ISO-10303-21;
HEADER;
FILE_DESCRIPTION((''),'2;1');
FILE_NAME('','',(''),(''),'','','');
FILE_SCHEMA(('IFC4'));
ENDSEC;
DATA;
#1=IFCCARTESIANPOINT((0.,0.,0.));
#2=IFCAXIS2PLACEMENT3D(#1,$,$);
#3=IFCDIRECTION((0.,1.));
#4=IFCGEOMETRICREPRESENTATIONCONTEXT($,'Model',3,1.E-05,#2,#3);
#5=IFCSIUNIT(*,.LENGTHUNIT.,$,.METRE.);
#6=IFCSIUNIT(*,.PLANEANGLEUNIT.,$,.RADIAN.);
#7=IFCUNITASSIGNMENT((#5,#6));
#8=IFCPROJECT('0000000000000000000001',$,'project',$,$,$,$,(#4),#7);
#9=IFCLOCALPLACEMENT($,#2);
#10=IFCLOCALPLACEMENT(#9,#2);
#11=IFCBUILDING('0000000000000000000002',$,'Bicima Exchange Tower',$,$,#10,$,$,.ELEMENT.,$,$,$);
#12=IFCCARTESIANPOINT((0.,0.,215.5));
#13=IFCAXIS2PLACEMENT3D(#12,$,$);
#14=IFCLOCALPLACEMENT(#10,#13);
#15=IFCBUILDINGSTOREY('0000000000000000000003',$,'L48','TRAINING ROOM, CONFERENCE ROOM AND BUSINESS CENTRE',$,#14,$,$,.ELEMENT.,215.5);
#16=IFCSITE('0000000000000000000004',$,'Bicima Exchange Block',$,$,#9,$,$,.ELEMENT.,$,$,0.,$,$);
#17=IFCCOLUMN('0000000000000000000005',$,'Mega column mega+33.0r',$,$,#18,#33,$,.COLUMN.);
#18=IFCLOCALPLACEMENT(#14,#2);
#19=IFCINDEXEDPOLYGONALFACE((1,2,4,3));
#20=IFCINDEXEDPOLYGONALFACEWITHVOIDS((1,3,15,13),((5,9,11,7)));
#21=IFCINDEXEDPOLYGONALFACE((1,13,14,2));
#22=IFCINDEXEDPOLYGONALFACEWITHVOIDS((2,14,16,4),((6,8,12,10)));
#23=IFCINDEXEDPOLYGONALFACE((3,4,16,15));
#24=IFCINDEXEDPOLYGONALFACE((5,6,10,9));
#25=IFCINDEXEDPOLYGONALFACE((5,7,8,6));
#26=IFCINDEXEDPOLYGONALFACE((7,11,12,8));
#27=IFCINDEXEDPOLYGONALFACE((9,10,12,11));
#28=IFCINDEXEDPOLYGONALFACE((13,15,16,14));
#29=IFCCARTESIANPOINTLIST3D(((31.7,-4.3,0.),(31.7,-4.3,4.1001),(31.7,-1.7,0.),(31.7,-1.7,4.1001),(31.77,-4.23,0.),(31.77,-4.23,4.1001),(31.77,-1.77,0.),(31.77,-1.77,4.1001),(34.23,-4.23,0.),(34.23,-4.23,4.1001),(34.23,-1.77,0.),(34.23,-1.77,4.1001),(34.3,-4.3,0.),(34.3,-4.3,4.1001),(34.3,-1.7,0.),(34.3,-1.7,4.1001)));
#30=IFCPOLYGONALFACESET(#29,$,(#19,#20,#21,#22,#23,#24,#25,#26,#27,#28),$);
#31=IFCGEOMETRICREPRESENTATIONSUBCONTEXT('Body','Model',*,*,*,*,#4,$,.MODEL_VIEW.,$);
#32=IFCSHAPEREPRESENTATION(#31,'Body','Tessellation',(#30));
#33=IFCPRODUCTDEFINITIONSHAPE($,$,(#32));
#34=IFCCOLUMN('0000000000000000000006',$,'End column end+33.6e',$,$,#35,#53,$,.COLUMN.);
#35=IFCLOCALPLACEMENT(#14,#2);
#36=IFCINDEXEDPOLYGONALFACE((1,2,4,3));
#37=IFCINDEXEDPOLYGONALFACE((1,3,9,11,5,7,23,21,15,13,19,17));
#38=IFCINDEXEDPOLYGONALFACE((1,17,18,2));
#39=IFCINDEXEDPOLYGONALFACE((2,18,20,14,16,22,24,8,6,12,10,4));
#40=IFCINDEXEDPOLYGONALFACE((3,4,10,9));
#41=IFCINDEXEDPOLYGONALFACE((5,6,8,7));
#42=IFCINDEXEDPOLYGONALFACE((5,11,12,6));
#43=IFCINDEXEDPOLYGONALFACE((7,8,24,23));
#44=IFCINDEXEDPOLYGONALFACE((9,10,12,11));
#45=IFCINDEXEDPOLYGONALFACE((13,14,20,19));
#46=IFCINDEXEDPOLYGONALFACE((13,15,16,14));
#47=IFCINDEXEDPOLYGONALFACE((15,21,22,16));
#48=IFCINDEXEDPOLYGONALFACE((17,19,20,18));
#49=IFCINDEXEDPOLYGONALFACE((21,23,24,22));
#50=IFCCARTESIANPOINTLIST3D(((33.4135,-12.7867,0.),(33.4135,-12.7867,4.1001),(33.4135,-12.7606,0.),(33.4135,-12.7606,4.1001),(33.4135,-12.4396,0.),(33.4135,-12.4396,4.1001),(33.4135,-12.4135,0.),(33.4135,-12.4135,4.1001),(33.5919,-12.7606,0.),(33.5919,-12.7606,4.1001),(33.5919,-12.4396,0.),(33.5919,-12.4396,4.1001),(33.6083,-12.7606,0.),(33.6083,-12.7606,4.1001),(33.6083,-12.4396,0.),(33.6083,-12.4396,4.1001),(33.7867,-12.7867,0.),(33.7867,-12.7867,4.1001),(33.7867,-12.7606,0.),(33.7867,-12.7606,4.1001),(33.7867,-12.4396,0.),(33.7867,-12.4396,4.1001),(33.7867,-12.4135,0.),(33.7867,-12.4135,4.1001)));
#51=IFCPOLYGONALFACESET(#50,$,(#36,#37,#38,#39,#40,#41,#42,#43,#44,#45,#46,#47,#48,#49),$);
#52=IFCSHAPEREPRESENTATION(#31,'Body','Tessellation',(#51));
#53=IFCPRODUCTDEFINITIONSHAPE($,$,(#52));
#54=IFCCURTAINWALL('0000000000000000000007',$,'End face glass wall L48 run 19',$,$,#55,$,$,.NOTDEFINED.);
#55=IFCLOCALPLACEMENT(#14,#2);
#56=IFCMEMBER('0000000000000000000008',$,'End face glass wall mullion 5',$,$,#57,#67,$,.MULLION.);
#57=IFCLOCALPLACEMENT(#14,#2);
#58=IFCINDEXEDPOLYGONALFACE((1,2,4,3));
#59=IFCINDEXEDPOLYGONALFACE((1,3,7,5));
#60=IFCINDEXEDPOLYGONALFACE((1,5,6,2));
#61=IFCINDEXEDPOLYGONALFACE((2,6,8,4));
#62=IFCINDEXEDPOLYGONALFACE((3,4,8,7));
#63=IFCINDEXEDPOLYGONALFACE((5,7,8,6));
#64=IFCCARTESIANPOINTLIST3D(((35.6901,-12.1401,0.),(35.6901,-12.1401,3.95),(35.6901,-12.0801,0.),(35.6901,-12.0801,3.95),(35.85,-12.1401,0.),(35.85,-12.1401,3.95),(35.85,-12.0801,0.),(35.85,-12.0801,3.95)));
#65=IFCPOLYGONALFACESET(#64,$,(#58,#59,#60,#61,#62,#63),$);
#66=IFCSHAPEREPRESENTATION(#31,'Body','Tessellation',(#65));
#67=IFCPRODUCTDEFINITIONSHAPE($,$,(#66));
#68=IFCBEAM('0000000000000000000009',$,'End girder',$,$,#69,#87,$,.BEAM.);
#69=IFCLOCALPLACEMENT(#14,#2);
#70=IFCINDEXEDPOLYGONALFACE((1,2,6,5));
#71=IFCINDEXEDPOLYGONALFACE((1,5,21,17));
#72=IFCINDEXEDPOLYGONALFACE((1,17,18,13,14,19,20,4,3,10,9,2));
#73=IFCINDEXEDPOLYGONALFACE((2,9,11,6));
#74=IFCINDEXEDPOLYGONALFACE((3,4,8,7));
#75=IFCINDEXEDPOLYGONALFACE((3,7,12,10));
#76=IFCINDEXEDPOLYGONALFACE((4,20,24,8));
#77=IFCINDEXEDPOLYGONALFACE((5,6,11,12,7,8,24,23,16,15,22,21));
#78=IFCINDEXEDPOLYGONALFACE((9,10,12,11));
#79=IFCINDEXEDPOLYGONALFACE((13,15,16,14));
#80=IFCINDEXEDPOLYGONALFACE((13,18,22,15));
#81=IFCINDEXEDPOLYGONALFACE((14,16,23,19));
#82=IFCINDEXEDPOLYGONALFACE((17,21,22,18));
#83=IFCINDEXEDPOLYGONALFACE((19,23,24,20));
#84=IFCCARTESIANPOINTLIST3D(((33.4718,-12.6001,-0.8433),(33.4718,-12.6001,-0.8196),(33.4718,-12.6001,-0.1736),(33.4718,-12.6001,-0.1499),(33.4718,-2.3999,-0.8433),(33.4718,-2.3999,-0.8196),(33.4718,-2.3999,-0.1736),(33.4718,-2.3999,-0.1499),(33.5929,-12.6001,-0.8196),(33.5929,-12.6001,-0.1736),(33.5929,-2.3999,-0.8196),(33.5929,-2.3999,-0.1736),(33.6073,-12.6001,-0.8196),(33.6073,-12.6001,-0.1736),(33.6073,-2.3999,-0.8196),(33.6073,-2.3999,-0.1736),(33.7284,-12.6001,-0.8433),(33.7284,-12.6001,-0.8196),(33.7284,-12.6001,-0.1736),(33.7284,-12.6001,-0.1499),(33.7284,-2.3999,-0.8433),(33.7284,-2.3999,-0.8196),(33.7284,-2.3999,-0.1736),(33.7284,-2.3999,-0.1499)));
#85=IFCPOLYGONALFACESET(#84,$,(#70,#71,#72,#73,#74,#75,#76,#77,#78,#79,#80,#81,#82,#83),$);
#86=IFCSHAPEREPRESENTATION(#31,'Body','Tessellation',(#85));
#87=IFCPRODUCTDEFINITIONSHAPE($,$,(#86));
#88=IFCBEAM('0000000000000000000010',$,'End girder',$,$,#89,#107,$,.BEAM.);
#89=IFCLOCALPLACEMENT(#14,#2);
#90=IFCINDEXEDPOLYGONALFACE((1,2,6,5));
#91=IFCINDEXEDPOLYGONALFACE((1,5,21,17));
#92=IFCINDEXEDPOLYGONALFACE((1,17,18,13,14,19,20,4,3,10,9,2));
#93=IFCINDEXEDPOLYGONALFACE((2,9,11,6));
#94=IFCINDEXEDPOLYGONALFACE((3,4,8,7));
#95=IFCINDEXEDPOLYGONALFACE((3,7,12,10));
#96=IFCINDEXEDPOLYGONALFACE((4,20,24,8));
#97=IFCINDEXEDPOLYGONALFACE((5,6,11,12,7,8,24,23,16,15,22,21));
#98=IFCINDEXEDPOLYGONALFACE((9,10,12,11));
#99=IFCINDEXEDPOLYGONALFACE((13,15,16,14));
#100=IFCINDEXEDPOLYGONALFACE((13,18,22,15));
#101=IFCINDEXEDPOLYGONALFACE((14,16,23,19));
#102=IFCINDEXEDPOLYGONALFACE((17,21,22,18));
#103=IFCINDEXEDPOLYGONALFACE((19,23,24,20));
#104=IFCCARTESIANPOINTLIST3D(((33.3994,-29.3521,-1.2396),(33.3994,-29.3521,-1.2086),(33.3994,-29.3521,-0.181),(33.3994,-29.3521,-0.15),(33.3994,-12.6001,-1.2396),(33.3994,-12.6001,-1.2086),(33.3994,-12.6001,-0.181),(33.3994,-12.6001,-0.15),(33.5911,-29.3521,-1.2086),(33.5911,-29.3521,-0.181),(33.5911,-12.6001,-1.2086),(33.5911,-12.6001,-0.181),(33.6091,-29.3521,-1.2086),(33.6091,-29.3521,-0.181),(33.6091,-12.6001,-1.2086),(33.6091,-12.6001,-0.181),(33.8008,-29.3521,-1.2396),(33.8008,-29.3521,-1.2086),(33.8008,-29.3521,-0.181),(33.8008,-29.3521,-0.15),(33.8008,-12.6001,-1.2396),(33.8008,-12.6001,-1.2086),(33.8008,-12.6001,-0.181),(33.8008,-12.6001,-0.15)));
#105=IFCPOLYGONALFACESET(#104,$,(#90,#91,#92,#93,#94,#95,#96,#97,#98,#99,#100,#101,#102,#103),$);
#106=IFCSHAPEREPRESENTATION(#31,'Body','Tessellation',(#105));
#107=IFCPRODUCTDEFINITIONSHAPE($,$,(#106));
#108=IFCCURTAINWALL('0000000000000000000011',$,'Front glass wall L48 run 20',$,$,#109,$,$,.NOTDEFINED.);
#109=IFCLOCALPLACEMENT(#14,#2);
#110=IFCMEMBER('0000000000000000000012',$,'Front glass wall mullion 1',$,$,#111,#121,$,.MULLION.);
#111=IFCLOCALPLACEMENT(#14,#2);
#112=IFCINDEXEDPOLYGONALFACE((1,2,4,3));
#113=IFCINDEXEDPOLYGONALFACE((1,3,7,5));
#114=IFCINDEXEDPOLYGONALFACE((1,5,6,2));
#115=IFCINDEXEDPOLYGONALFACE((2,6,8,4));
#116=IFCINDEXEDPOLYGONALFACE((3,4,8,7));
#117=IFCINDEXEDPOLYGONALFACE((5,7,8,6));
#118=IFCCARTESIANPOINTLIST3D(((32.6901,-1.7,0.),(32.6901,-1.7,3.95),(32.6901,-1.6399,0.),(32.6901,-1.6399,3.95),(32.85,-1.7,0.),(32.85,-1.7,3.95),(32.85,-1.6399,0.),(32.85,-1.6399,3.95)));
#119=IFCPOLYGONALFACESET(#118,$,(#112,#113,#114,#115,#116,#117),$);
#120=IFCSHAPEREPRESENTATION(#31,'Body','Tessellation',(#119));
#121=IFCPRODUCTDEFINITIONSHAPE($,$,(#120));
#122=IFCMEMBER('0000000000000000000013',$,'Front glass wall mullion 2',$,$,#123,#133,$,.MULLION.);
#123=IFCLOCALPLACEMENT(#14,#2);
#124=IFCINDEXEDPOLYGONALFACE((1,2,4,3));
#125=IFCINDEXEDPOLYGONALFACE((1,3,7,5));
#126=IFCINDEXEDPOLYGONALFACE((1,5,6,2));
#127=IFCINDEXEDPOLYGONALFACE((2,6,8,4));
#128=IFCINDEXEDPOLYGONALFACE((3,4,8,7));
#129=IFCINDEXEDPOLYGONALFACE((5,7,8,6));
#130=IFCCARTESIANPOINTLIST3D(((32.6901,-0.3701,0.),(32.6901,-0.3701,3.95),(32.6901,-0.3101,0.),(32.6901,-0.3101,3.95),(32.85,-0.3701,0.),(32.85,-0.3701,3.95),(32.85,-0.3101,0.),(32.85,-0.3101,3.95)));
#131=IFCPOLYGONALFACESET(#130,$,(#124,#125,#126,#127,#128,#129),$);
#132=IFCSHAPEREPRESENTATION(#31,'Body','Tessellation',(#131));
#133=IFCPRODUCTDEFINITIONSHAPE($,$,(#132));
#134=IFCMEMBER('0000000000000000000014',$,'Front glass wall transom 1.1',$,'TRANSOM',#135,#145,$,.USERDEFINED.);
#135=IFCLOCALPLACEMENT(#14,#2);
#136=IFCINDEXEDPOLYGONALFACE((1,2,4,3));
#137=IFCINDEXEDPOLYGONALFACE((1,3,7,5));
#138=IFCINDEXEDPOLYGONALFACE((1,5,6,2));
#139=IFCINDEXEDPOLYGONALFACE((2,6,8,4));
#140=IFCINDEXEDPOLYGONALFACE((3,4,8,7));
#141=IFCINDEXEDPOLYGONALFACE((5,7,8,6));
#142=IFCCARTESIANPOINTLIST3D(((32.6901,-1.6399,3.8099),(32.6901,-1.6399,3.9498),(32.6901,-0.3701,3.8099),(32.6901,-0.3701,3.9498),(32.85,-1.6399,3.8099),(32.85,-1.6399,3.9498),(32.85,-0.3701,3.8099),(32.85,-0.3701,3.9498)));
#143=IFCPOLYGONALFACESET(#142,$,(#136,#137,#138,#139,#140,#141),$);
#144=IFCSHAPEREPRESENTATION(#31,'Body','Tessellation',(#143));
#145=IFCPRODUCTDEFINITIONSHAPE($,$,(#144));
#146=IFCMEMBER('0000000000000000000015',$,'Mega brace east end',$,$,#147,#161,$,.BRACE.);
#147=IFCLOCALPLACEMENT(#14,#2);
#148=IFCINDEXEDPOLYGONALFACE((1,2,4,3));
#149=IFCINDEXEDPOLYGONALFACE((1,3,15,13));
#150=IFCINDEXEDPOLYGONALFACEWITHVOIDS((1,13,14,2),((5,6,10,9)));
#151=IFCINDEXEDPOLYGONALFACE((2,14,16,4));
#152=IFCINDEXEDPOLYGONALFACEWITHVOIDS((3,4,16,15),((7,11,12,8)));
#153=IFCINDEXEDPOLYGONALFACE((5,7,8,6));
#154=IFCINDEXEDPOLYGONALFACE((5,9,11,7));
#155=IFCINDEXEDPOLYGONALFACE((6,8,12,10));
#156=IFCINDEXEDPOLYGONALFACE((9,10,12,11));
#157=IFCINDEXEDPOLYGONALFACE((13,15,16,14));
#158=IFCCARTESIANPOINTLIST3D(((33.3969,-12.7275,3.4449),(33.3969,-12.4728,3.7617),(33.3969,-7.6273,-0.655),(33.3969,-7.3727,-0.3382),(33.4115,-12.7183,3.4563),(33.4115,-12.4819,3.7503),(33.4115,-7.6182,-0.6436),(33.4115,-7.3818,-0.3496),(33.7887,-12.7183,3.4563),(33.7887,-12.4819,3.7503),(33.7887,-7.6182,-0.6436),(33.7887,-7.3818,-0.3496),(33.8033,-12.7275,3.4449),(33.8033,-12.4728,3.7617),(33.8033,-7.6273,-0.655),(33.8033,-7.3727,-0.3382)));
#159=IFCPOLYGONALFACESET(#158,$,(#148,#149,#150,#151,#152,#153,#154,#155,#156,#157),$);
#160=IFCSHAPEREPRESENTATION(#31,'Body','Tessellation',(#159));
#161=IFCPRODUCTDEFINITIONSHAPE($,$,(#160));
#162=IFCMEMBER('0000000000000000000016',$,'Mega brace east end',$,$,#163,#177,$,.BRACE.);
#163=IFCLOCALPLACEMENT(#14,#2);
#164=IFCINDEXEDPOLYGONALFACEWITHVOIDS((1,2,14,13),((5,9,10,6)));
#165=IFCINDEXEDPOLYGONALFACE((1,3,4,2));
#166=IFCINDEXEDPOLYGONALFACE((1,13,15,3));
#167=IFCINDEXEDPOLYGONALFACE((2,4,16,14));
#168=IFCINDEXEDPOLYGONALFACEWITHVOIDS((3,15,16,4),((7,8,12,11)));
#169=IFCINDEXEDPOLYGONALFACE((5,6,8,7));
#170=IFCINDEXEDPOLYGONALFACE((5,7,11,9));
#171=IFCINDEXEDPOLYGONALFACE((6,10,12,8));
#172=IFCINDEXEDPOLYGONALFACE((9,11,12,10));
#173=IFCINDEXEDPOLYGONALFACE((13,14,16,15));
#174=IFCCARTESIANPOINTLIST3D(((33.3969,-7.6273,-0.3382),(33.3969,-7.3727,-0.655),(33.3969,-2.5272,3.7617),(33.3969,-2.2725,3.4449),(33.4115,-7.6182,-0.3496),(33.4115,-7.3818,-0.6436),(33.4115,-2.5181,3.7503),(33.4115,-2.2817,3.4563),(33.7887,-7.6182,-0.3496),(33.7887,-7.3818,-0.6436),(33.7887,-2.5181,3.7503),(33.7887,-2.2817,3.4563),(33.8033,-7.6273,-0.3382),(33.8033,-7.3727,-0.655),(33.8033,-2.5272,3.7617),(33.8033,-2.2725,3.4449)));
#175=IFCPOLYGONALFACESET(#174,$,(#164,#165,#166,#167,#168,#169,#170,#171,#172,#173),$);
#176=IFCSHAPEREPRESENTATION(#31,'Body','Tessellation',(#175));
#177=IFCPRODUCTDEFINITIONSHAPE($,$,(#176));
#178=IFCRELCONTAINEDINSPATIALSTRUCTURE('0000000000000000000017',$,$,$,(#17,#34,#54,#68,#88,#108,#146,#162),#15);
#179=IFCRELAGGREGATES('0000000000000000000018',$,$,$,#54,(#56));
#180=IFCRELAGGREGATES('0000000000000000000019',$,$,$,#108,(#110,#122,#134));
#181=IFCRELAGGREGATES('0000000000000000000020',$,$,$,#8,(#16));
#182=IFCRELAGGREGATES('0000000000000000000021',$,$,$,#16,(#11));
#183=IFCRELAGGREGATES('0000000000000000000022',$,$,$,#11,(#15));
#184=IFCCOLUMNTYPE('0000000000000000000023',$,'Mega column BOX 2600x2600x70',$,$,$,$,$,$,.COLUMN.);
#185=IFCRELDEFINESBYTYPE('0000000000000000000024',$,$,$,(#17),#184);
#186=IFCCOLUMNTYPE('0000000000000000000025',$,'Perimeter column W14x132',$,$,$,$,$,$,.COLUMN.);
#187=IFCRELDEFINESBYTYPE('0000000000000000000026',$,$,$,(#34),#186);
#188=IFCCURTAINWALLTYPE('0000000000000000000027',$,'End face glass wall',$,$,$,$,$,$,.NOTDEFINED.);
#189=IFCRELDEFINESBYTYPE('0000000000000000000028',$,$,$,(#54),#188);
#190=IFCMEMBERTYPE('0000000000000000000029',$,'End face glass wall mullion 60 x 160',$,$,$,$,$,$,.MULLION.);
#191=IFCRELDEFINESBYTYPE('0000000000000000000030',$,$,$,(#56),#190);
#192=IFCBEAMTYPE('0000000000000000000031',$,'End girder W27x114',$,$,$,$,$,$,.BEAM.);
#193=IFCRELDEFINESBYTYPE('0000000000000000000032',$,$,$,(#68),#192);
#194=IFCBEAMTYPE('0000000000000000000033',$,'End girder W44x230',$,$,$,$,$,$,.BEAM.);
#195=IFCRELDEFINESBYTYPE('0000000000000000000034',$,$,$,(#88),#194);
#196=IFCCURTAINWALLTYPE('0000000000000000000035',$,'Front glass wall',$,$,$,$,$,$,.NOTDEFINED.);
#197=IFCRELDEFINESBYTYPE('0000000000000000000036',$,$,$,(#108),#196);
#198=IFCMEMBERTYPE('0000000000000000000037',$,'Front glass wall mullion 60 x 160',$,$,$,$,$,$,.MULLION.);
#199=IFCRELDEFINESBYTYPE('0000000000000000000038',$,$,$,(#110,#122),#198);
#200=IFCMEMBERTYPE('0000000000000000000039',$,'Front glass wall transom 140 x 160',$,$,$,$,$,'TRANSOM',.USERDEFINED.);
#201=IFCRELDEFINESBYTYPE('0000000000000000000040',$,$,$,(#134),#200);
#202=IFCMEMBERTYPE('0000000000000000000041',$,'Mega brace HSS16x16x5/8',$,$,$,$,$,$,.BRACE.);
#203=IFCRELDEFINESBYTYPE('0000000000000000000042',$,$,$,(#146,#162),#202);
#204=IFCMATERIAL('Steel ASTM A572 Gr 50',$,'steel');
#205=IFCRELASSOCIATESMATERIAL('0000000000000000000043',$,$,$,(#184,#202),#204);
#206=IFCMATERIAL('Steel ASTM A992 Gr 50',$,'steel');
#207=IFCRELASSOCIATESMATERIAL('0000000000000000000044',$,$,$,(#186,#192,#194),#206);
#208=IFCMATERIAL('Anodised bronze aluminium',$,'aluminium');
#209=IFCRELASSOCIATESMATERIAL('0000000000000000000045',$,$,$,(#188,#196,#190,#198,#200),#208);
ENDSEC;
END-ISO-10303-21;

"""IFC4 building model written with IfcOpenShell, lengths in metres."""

from ifc_helpers import new_model, si_unit, direction, frame, origin, origin_2d, place, context, subcontext, project, spatial, rectangle, hollow_rectangle, i_section, extrude, material, material_profile, profile_set, type_object, element, aggregate, save


model = new_model("IFC4")

# Units and contexts
model_context = context("Model", 3, precision=1e-05, world=origin(), true_north=direction((0.0, 1.0)))
body_context = subcontext(model_context, "Body", "Model", "MODEL_VIEW")
ifc_project = project(units=[si_unit("LENGTHUNIT", "METRE"), si_unit("PLANEANGLEUNIT", "RADIAN")], contexts=[model_context])

# Site, building, storey
site_placement = place(None, origin())
site = spatial("IfcSite", under=ifc_project, at=site_placement, Name="Bicima Exchange Block", CompositionType="ELEMENT", RefElevation=0.0)
building_placement = place(site_placement, origin())
building = spatial("IfcBuilding", under=site, at=building_placement, Name="Bicima Exchange Tower", CompositionType="ELEMENT")
storey_placement = place(building_placement, frame((0.0, 0.0, 215.5)))
storey = spatial("IfcBuildingStorey", under=building, at=storey_placement, Name="L48", Description="TRAINING ROOM, CONFERENCE ROOM AND BUSINESS CENTRE", CompositionType="ELEMENT", Elevation=215.5)

# Columns
ifc_material_1 = material(Name="Steel ASTM A572 Gr 50", Category="steel")
ifc_material_profile_1 = material_profile(ifc_material_1, hollow_rectangle(XDim=2.6001, YDim=2.6001, WallThickness=0.0701, at=origin_2d()))
ifc_profile_set_1 = profile_set([ifc_material_profile_1], Name="Steel ASTM A572 Gr 50")
column_type_1 = type_object("IfcColumnType", Name="Mega column BOX 2600x2600x70", PredefinedType="COLUMN", material=ifc_profile_set_1)
column_1_placement = place(storey_placement, frame((33.0, -3.0, 0.0), z_axis=(0.0, 0.0, 1.0), x_axis=(1.0, 0.0, 0.0)))
element("IfcColumn", 1, at=column_1_placement, inside=storey, type_object=column_type_1, Name="Mega column mega+33.0r", PredefinedType="COLUMN", context=body_context, shape_type="SweptSolid", body=[
    extrude(hollow_rectangle(XDim=2.6001, YDim=2.6001, WallThickness=0.0701, at=origin_2d()), origin(), (0.0, 0.0, 1.0), 4.1001),
])
ifc_material_2 = material(Name="Steel ASTM A992 Gr 50", Category="steel")
ifc_material_profile_2 = material_profile(ifc_material_2, i_section(OverallWidth=0.3733, OverallDepth=0.3733, WebThickness=0.0164, FlangeThickness=0.0261, at=origin_2d()))
ifc_profile_set_2 = profile_set([ifc_material_profile_2], Name="Steel ASTM A992 Gr 50")
column_type_2 = type_object("IfcColumnType", Name="Perimeter column W14x132", PredefinedType="COLUMN", material=ifc_profile_set_2)
column_2_placement = place(storey_placement, frame((33.6001, -12.6001, 0.0), z_axis=(0.0, 0.0, 1.0), x_axis=(1.0, 0.0, 0.0)))
element("IfcColumn", 2, at=column_2_placement, inside=storey, type_object=column_type_2, Name="End column end+33.6e", PredefinedType="COLUMN", context=body_context, shape_type="SweptSolid", body=[
    extrude(i_section(OverallWidth=0.3733, OverallDepth=0.3733, WebThickness=0.0164, FlangeThickness=0.0261, at=origin_2d()), origin(), (0.0, 0.0, 1.0), 4.1001),
])

# Curtain wall, member
ifc_material_3 = material(Name="Anodised bronze aluminium", Category="aluminium")
curtain_wall_type_1 = type_object("IfcCurtainWallType", Name="End face glass wall", PredefinedType="NOTDEFINED", material=ifc_material_3)
curtain_wall_1_placement = place(storey_placement, origin())
curtain_wall_1 = element("IfcCurtainWall", 3, at=curtain_wall_1_placement, inside=storey, type_object=curtain_wall_type_1, Name="End face glass wall L48 run 19", PredefinedType="NOTDEFINED")
ifc_material_profile_3 = material_profile(ifc_material_3, rectangle(XDim=0.1599, YDim=0.0601, at=origin_2d()))
ifc_profile_set_3 = profile_set([ifc_material_profile_3], Name="Anodised bronze aluminium")
member_type_1 = type_object("IfcMemberType", Name="End face glass wall mullion 60 x 160", PredefinedType="MULLION", material=ifc_profile_set_3)
member_1_placement = place(storey_placement, frame((35.77, -12.1101, 0.0), z_axis=(0.0, 0.0, 1.0), x_axis=(-1.0, 0.0, 0.0)))
member_1 = element("IfcMember", 4, at=member_1_placement, type_object=member_type_1, Name="End face glass wall mullion 5", PredefinedType="MULLION", context=body_context, shape_type="SweptSolid", body=[
    extrude(rectangle(XDim=0.1599, YDim=0.0601, at=origin_2d()), origin(), (0.0, 0.0, 1.0), 3.95),
])
aggregate(curtain_wall_1, [member_1])

# Beams
ifc_material_profile_4 = material_profile(ifc_material_2, i_section(OverallWidth=0.2566, OverallDepth=0.6934, WebThickness=0.0144, FlangeThickness=0.0237, at=origin_2d()))
ifc_profile_set_4 = profile_set([ifc_material_profile_4], Name="Steel ASTM A992 Gr 50")
beam_type_1 = type_object("IfcBeamType", Name="End girder W27x114", PredefinedType="BEAM", material=ifc_profile_set_4)
beam_1_placement = place(storey_placement, frame((33.6001, -2.3999, -0.4966), z_axis=(0.0, -1.0, 0.0), x_axis=(1.0, 0.0, 0.0)))
element("IfcBeam", 5, at=beam_1_placement, inside=storey, type_object=beam_type_1, Name="End girder", PredefinedType="BEAM", context=body_context, shape_type="SweptSolid", body=[
    extrude(i_section(OverallWidth=0.2566, OverallDepth=0.6934, WebThickness=0.0144, FlangeThickness=0.0237, at=origin_2d()), origin(), (0.0, 0.0, 1.0), 10.2002),
])
ifc_material_profile_5 = material_profile(ifc_material_2, i_section(OverallWidth=0.4014, OverallDepth=1.0896, WebThickness=0.0181, FlangeThickness=0.031, at=origin_2d()))
ifc_profile_set_5 = profile_set([ifc_material_profile_5], Name="Steel ASTM A992 Gr 50")
beam_type_2 = type_object("IfcBeamType", Name="End girder W44x230", PredefinedType="BEAM", material=ifc_profile_set_5)
beam_2_placement = place(storey_placement, frame((33.6001, -12.6001, -0.6948), z_axis=(0.0, -1.0, 0.0), x_axis=(1.0, 0.0, 0.0)))
element("IfcBeam", 6, at=beam_2_placement, inside=storey, type_object=beam_type_2, Name="End girder", PredefinedType="BEAM", context=body_context, shape_type="SweptSolid", body=[
    extrude(i_section(OverallWidth=0.4014, OverallDepth=1.0896, WebThickness=0.0181, FlangeThickness=0.031, at=origin_2d()), origin(), (0.0, 0.0, 1.0), 16.752),
])

# Curtain wall, members
curtain_wall_type_2 = type_object("IfcCurtainWallType", Name="Front glass wall", PredefinedType="NOTDEFINED", material=ifc_material_3)
curtain_wall_2_placement = place(storey_placement, origin())
curtain_wall_2 = element("IfcCurtainWall", 7, at=curtain_wall_2_placement, inside=storey, type_object=curtain_wall_type_2, Name="Front glass wall L48 run 20", PredefinedType="NOTDEFINED")
member_type_2 = type_object("IfcMemberType", Name="Front glass wall mullion 60 x 160", PredefinedType="MULLION", material=ifc_profile_set_3)
member_2_placement = place(storey_placement, frame((32.77, -1.6699, 0.0), z_axis=(0.0, 0.0, 1.0), x_axis=(-1.0, 0.0, 0.0)))
member_2 = element("IfcMember", 8, at=member_2_placement, type_object=member_type_2, Name="Front glass wall mullion 1", PredefinedType="MULLION", context=body_context, shape_type="SweptSolid", body=[
    extrude(rectangle(XDim=0.1599, YDim=0.0601, at=origin_2d()), origin(), (0.0, 0.0, 1.0), 3.95),
])
member_3_placement = place(storey_placement, frame((32.77, -0.3401, 0.0), z_axis=(0.0, 0.0, 1.0), x_axis=(-1.0, 0.0, 0.0)))
member_3 = element("IfcMember", 9, at=member_3_placement, type_object=member_type_2, Name="Front glass wall mullion 2", PredefinedType="MULLION", context=body_context, shape_type="SweptSolid", body=[
    extrude(rectangle(XDim=0.1599, YDim=0.0601, at=origin_2d()), origin(), (0.0, 0.0, 1.0), 3.95),
])
ifc_material_profile_6 = material_profile(ifc_material_3, rectangle(XDim=0.1599, YDim=0.1399, at=origin_2d()))
ifc_profile_set_6 = profile_set([ifc_material_profile_6], Name="Anodised bronze aluminium")
member_type_3 = type_object("IfcMemberType", Name="Front glass wall transom 140 x 160", ElementType="TRANSOM", PredefinedType="USERDEFINED", material=ifc_profile_set_6)
member_4_placement = place(storey_placement, frame((32.77, -1.6399, 3.8799), z_axis=(0.0, 1.0, 0.0), x_axis=(-1.0, 0.0, 0.0)))
member_4 = element("IfcMember", 10, at=member_4_placement, type_object=member_type_3, Name="Front glass wall transom 1.1", ObjectType="TRANSOM", PredefinedType="USERDEFINED", context=body_context, shape_type="SweptSolid", body=[
    extrude(rectangle(XDim=0.1599, YDim=0.1399, at=origin_2d()), origin(), (0.0, 0.0, 1.0), 1.2698),
])

# Members
ifc_material_profile_7 = material_profile(ifc_material_1, hollow_rectangle(XDim=0.4065, YDim=0.4065, WallThickness=0.0146, at=origin_2d()))
ifc_profile_set_7 = profile_set([ifc_material_profile_7], Name="Steel ASTM A572 Gr 50")
member_type_4 = type_object("IfcMemberType", Name="Mega brace HSS16x16x5/8", PredefinedType="BRACE", material=ifc_profile_set_7)
for number, where, z_axis, x_axis, name in (
    (11, (33.6001, -7.5, -0.4966), (0.0, -0.779392, 0.626536), (1.0, 0.0, 0.0), "Mega brace east end"),
    (12, (33.6001, -7.5, -0.4966), (0.0, 0.779392, 0.626536), (-1.0, 0.0, 0.0), "Mega brace east end"),
):
    element("IfcMember", number, at=place(storey_placement, frame(where, z_axis=z_axis, x_axis=x_axis)), inside=storey, type_object=member_type_4, Name=name, PredefinedType="BRACE", context=body_context, shape_type="SweptSolid", body=[
        extrude(hollow_rectangle(XDim=0.4065, YDim=0.4065, WallThickness=0.0146, at=origin_2d()), origin(), (0.0, 0.0, 1.0), 6.5437),
    ])

aggregate(curtain_wall_2, [member_2, member_3, member_4])

save(model, "model.ifc")
